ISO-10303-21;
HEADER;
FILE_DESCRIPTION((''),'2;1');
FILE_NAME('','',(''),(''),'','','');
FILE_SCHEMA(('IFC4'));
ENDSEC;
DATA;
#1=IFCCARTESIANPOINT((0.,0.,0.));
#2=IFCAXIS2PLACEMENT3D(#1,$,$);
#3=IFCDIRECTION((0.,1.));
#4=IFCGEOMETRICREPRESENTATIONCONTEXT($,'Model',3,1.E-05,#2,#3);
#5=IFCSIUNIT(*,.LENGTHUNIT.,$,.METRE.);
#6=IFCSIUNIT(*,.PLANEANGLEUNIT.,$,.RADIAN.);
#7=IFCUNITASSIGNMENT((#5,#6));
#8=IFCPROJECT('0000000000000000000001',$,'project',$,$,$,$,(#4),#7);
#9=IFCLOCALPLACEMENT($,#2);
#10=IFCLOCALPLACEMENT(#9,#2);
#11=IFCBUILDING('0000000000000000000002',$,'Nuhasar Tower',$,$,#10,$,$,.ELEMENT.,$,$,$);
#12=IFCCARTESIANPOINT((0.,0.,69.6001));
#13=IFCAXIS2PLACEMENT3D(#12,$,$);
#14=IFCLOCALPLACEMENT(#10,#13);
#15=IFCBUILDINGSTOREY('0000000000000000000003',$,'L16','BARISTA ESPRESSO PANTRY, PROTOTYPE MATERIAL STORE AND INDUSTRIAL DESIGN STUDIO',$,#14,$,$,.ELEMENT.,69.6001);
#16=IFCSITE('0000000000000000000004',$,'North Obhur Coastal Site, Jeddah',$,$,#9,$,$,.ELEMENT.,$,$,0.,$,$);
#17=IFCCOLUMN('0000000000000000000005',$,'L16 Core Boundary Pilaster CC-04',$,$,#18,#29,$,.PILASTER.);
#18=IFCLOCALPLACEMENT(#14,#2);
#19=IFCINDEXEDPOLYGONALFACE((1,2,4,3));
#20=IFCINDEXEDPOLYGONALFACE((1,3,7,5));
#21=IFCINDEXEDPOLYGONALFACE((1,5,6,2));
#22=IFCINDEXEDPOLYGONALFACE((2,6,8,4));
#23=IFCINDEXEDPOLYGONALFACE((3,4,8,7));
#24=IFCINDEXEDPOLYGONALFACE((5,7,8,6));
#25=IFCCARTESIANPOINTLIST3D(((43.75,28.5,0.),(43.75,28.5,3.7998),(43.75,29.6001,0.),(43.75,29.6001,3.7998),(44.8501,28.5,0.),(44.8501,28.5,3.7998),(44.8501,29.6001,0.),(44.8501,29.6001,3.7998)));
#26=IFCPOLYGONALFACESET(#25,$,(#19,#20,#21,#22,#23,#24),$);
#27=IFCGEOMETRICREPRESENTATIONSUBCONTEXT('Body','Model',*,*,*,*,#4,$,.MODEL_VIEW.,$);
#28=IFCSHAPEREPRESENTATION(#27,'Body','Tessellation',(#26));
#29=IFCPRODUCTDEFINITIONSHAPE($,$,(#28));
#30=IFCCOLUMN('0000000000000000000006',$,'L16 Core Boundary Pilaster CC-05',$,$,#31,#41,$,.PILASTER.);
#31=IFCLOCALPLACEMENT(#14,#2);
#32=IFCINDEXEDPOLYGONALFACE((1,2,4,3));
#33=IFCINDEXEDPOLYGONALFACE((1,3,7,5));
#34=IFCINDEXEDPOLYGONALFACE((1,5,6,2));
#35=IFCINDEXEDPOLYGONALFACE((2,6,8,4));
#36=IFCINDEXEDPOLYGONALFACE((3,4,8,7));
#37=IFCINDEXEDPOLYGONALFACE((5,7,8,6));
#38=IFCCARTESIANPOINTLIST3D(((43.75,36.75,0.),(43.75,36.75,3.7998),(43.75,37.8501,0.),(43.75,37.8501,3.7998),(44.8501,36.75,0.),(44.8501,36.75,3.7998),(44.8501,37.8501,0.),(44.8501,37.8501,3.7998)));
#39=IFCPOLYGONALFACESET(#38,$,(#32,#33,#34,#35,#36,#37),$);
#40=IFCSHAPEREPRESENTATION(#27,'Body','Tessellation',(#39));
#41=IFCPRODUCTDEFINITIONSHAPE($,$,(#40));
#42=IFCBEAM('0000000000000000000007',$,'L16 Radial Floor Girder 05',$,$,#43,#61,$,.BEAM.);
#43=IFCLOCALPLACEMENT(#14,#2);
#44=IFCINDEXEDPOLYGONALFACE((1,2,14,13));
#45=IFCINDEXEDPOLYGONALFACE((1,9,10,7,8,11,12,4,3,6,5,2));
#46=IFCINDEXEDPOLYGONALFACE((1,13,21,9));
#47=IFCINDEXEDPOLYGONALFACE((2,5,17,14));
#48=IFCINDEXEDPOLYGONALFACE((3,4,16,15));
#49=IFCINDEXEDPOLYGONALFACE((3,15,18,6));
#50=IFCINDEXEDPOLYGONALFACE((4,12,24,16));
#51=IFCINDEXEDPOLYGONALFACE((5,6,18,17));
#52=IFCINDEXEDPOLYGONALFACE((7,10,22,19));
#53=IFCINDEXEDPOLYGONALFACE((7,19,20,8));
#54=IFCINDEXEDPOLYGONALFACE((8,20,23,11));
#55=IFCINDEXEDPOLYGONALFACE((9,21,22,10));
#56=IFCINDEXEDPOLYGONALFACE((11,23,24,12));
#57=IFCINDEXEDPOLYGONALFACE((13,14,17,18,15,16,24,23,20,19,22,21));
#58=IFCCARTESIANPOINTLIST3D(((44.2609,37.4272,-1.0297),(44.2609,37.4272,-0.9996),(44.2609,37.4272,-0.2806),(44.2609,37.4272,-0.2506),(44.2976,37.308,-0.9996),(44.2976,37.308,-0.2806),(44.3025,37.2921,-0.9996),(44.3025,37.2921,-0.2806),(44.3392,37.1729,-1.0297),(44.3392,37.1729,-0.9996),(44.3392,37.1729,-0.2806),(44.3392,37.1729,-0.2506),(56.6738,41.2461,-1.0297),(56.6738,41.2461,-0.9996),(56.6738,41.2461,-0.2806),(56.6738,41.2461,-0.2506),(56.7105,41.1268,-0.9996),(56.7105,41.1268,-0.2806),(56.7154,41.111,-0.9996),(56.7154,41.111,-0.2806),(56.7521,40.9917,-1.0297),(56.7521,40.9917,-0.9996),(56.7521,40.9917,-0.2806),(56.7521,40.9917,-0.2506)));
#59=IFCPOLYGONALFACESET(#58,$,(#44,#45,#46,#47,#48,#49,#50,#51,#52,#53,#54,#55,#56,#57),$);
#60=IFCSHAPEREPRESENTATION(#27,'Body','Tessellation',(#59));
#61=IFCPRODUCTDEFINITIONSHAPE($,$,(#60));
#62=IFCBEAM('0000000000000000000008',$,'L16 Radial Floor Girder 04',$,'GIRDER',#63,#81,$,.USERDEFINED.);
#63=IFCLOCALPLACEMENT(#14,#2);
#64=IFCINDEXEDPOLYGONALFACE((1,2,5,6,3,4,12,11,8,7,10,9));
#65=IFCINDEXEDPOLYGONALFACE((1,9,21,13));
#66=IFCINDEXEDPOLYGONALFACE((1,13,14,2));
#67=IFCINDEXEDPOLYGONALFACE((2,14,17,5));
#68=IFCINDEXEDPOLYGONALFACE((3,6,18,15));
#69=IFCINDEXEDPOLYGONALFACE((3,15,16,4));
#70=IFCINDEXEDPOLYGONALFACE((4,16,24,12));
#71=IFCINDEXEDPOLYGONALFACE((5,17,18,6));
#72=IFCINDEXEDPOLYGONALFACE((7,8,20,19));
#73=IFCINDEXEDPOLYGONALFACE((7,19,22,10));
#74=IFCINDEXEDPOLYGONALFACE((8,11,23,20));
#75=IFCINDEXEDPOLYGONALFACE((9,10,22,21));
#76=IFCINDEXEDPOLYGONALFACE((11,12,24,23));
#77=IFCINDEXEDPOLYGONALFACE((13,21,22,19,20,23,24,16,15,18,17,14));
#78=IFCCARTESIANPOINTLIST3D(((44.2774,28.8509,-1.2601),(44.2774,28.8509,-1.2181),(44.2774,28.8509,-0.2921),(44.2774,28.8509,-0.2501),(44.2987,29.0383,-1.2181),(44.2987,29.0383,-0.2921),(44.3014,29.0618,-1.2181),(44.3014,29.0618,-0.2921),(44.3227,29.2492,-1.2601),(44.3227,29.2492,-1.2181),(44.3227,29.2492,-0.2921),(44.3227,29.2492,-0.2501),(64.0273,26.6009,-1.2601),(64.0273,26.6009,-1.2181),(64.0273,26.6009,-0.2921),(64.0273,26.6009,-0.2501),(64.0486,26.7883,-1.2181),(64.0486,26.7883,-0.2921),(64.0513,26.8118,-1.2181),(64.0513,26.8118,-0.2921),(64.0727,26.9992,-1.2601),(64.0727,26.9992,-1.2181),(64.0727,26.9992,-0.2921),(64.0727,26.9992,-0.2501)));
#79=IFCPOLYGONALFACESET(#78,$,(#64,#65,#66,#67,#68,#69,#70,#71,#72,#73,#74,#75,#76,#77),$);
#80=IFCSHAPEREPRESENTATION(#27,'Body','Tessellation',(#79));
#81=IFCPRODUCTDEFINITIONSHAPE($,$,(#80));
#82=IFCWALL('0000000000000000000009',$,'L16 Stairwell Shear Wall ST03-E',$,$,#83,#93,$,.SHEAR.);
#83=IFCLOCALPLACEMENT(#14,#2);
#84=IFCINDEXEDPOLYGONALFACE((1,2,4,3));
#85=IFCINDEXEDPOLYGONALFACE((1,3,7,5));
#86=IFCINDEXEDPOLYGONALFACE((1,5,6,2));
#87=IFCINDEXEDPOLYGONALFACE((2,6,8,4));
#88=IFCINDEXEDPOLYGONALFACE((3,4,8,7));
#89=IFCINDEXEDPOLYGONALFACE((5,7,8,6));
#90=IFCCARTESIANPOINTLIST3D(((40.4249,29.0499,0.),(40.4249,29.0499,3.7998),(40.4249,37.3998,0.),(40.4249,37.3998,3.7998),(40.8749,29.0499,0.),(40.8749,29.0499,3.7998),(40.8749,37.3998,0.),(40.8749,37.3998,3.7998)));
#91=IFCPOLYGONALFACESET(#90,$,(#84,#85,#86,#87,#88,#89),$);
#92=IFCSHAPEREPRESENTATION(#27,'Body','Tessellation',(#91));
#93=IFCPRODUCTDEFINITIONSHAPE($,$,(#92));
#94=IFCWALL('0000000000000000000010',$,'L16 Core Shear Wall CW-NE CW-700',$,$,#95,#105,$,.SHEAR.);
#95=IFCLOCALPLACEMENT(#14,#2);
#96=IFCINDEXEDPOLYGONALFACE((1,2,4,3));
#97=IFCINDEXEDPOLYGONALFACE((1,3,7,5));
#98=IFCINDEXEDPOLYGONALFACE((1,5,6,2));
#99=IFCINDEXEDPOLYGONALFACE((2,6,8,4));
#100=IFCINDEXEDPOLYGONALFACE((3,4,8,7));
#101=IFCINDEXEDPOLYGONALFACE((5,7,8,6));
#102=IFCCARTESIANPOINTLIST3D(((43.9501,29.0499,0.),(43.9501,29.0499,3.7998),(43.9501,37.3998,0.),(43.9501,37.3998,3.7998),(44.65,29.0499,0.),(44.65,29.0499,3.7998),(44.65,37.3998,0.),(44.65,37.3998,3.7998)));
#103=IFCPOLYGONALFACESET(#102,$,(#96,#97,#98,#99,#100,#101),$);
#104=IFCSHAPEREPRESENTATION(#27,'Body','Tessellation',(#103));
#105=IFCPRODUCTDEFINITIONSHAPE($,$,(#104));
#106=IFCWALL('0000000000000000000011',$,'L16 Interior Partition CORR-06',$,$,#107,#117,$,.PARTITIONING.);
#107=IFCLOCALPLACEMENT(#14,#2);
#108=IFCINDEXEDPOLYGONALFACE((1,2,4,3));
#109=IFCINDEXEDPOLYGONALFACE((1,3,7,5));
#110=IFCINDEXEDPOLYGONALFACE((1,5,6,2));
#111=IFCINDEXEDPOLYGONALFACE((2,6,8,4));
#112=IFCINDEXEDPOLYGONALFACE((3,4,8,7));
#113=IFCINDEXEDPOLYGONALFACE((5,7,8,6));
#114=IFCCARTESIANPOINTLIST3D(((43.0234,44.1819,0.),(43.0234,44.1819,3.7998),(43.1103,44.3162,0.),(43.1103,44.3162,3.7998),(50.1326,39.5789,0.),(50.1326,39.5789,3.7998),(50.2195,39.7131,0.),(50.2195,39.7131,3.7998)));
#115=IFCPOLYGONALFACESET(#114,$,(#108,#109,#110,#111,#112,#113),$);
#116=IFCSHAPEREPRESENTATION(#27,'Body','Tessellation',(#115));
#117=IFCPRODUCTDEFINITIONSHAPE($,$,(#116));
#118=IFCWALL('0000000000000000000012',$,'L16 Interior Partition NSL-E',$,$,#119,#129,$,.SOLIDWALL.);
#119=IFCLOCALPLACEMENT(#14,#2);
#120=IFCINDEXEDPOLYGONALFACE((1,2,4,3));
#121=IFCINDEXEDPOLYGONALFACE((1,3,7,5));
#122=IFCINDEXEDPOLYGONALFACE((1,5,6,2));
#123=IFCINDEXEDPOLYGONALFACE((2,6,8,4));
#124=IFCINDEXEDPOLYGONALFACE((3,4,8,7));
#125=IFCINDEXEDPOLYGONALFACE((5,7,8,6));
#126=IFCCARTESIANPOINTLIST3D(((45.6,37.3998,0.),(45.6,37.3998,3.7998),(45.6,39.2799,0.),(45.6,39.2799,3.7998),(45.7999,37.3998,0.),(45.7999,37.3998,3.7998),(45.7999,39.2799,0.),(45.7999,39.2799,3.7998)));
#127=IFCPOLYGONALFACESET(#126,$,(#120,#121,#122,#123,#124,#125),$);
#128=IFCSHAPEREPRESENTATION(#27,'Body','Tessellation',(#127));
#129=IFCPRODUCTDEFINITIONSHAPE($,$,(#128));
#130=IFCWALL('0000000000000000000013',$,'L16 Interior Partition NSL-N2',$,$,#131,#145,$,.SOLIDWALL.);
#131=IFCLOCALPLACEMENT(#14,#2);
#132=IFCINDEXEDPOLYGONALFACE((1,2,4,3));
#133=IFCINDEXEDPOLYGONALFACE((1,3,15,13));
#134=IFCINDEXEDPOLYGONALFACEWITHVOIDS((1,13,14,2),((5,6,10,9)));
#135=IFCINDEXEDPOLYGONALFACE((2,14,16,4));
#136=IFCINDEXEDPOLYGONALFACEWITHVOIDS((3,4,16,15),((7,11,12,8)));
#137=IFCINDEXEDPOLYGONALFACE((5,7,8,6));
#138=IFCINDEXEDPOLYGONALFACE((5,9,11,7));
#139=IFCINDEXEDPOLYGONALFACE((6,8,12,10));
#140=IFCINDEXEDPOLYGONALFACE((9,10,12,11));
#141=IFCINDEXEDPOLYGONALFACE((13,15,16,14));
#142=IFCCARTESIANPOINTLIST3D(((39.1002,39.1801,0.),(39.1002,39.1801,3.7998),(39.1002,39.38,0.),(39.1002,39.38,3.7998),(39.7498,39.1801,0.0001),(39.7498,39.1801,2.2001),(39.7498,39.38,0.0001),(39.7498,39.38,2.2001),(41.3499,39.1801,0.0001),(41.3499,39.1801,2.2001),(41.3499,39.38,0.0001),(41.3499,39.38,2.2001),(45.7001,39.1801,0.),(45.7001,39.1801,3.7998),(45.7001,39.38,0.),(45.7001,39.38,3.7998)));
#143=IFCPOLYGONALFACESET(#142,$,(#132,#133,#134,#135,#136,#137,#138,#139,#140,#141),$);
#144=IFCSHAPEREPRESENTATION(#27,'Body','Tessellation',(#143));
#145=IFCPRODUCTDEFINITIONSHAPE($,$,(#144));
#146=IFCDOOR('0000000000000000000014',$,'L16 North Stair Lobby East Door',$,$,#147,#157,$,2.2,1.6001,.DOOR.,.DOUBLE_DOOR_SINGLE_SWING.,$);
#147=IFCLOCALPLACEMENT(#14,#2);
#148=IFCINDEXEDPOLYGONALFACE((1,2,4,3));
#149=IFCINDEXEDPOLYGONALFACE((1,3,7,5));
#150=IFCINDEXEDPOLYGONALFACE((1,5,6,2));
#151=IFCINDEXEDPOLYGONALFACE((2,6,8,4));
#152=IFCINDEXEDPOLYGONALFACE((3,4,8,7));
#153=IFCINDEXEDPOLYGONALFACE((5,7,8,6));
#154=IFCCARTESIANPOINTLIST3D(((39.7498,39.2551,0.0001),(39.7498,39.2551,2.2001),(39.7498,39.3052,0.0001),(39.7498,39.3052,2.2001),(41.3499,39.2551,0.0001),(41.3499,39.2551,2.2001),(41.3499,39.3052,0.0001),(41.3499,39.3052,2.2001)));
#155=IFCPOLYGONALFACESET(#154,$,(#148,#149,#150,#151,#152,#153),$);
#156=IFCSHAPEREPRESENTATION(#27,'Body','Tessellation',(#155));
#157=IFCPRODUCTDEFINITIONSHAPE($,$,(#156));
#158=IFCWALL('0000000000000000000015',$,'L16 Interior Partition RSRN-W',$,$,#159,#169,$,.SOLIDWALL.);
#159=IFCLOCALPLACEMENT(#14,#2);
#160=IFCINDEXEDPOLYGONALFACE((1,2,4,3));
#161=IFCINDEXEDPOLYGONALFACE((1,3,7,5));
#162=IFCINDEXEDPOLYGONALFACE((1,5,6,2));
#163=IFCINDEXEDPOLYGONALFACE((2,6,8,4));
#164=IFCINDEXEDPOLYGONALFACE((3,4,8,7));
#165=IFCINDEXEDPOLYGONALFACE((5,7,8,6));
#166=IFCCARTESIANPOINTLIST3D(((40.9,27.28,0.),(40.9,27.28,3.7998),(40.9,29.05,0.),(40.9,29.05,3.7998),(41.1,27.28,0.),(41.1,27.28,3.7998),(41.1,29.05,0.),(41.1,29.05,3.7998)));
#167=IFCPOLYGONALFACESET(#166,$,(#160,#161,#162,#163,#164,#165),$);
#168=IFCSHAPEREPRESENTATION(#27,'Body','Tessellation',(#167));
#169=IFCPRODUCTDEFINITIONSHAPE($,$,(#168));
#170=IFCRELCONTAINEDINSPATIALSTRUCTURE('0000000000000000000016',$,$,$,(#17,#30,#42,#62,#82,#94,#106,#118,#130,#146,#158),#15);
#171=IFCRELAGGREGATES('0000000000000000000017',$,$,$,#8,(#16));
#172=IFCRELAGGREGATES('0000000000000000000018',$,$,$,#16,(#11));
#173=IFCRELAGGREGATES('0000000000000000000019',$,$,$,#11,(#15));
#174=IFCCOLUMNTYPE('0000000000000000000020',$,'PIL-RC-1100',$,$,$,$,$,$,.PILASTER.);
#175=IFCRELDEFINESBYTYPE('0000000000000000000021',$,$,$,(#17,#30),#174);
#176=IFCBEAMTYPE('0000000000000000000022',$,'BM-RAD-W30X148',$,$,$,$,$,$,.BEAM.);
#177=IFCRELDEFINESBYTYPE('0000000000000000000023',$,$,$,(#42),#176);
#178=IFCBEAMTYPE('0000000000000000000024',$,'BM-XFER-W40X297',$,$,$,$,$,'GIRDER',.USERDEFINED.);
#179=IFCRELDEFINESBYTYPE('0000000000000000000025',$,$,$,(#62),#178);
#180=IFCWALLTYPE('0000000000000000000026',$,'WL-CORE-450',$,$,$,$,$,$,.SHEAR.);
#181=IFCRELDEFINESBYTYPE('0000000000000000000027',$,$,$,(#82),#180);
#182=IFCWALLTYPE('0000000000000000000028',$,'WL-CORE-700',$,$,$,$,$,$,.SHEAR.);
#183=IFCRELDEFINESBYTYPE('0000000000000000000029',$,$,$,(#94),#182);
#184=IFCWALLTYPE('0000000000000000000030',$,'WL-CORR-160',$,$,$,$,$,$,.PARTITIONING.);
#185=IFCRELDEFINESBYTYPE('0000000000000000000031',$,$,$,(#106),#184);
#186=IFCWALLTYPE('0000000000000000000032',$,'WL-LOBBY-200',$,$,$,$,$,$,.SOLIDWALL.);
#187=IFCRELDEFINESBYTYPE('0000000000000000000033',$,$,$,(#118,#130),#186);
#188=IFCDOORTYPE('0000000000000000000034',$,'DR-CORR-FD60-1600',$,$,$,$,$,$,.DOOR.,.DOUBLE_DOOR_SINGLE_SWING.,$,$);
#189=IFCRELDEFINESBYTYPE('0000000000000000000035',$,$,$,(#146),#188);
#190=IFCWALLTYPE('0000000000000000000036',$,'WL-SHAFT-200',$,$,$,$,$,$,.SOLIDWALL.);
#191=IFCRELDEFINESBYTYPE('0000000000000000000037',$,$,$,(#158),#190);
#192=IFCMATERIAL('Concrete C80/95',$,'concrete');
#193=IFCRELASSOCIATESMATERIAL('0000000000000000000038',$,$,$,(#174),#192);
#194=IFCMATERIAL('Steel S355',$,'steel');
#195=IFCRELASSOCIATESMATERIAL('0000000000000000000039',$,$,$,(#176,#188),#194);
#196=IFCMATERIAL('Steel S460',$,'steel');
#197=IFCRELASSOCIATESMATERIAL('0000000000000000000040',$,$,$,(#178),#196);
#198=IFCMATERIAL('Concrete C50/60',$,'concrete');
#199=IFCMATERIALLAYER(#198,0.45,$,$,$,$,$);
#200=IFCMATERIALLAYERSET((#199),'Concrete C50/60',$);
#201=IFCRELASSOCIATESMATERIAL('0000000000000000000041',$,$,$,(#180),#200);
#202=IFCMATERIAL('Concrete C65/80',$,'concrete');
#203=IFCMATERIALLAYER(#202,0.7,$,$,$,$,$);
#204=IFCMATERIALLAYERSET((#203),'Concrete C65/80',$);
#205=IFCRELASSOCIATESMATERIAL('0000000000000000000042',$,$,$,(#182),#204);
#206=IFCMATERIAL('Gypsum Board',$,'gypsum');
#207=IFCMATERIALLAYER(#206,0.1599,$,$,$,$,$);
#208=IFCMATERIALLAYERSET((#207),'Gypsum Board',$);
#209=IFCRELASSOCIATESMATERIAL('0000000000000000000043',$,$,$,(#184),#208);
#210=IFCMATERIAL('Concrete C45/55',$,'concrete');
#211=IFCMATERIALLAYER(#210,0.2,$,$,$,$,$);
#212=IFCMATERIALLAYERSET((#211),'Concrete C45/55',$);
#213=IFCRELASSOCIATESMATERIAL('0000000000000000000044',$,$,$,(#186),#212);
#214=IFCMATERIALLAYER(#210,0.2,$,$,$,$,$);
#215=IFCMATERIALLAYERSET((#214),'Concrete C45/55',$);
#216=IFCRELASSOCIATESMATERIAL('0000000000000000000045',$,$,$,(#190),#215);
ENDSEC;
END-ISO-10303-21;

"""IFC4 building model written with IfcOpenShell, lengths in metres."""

from ifc_helpers import new_model, si_unit, direction, frame, frame_2d, origin, origin_2d, place, context, subcontext, project, spatial, rectangle, i_section, extrude, material, layer, layer_set, material_profile, profile_set, type_object, element, fill, save


model = new_model("IFC4")

# Units and contexts
model_context = context("Model", 3, precision=1e-05, world=origin(), true_north=direction((0.0, 1.0)))
body_context = subcontext(model_context, "Body", "Model", "MODEL_VIEW")
ifc_project = project(units=[si_unit("LENGTHUNIT", "METRE"), si_unit("PLANEANGLEUNIT", "RADIAN")], contexts=[model_context])

# Site, building, storey
site_placement = place(None, origin())
site = spatial("IfcSite", under=ifc_project, at=site_placement, Name="North Obhur Coastal Site, Jeddah", CompositionType="ELEMENT", RefElevation=0.0)
building_placement = place(site_placement, origin())
building = spatial("IfcBuilding", under=site, at=building_placement, Name="Nuhasar Tower", CompositionType="ELEMENT")
storey_placement = place(building_placement, frame((0.0, 0.0, 69.6001)))
storey = spatial("IfcBuildingStorey", under=building, at=storey_placement, Name="L16", Description="BARISTA ESPRESSO PANTRY, PROTOTYPE MATERIAL STORE AND INDUSTRIAL DESIGN STUDIO", CompositionType="ELEMENT", Elevation=69.6001)

# Columns
ifc_material_1 = material(Name="Concrete C80/95", Category="concrete")
ifc_material_profile_1 = material_profile(ifc_material_1, rectangle(XDim=1.1001, YDim=1.1001, at=origin_2d()), Name="RC1100X1100")
ifc_profile_set_1 = profile_set([ifc_material_profile_1], Name="Concrete C80/95")
column_type = type_object("IfcColumnType", Name="PIL-RC-1100", PredefinedType="PILASTER", material=ifc_profile_set_1)
for number, where, z_axis, x_axis, name in (
    (1, (44.3, 29.05, 0.0), (0.0, 0.0, 1.0), (1.0, 0.0, 0.0), "L16 Core Boundary Pilaster CC-04"),
    (2, (44.3, 37.3, 0.0), (0.0, 0.0, 1.0), (1.0, 0.0, 0.0), "L16 Core Boundary Pilaster CC-05"),
):
    element("IfcColumn", number, at=place(storey_placement, frame(where, z_axis=z_axis, x_axis=x_axis)), inside=storey, type_object=column_type, Name=name, PredefinedType="PILASTER", context=body_context, shape_type="SweptSolid", body=[
        extrude(rectangle(XDim=1.1001, YDim=1.1001, at=origin_2d()), origin(), (0.0, 0.0, 1.0), 3.7998),
    ])

# Beams
ifc_material_2 = material(Name="Steel S355", Category="steel")
ifc_material_profile_2 = material_profile(ifc_material_2, i_section(OverallWidth=0.2661, OverallDepth=0.7791, WebThickness=0.0166, FlangeThickness=0.03, at=origin_2d()), Name="W30X148")
ifc_profile_set_2 = profile_set([ifc_material_profile_2], Name="Steel S355")
beam_type_1 = type_object("IfcBeamType", Name="BM-RAD-W30X148", PredefinedType="BEAM", material=ifc_profile_set_2)
beam_1_placement = place(storey_placement, frame((44.3, 37.3, -0.6401), z_axis=(0.95579, 0.294052, 0.0), x_axis=(-0.294052, 0.95579, 0.0)))
element("IfcBeam", 3, at=beam_1_placement, inside=storey, type_object=beam_type_1, Name="L16 Radial Floor Girder 05", PredefinedType="BEAM", context=body_context, shape_type="SweptSolid", body=[
    extrude(i_section(OverallWidth=0.2661, OverallDepth=0.7791, WebThickness=0.0166, FlangeThickness=0.03, at=origin_2d()), origin(), (0.0, 0.0, 1.0), 12.9871),
])
ifc_material_3 = material(Name="Steel S460", Category="steel")
ifc_material_profile_3 = material_profile(ifc_material_3, i_section(OverallWidth=0.4009, OverallDepth=1.01, WebThickness=0.0237, FlangeThickness=0.042, at=origin_2d()), Name="W40X297")
ifc_profile_set_3 = profile_set([ifc_material_profile_3], Name="Steel S460")
beam_type_2 = type_object("IfcBeamType", Name="BM-XFER-W40X297", ElementType="GIRDER", PredefinedType="USERDEFINED", material=ifc_profile_set_3)
beam_2_placement = place(storey_placement, frame((44.3, 29.05, -0.7551), z_axis=(0.993573, -0.113192, 0.0), x_axis=(0.113192, 0.993573, 0.0)))
element("IfcBeam", 4, at=beam_2_placement, inside=storey, type_object=beam_type_2, Name="L16 Radial Floor Girder 04", ObjectType="GIRDER", PredefinedType="USERDEFINED", context=body_context, shape_type="SweptSolid", body=[
    extrude(i_section(OverallWidth=0.4009, OverallDepth=1.01, WebThickness=0.0237, FlangeThickness=0.042, at=origin_2d()), origin(), (0.0, 0.0, 1.0), 19.8777),
])

# Shared definitions
ifc_material_4 = material(Name="Concrete C50/60", Category="concrete")
ifc_layer_1 = layer(ifc_material_4, 0.45)
ifc_layer_set_1 = layer_set([ifc_layer_1], Name="Concrete C50/60")
wall_type_1 = type_object("IfcWallType", Name="WL-CORE-450", PredefinedType="SHEAR", material=ifc_layer_set_1)

# Wall
wall_1_placement = place(storey_placement, frame((40.6499, 29.05, 0.0), z_axis=(0.0, 0.0, 1.0), x_axis=(0.0, 1.0, 0.0)))
element("IfcWall", 5, at=wall_1_placement, inside=storey, type_object=wall_type_1, Name="L16 Stairwell Shear Wall ST03-E", PredefinedType="SHEAR", context=body_context, shape_type="SweptSolid", body=[
    extrude(rectangle(XDim=8.3499, YDim=0.45, at=frame_2d((4.1748, 0.0))), origin(), (0.0, 0.0, 1.0), 3.7998),
])

# Walls
ifc_material_5 = material(Name="Concrete C65/80", Category="concrete")
ifc_layer_2 = layer(ifc_material_5, 0.7)
ifc_layer_set_2 = layer_set([ifc_layer_2], Name="Concrete C65/80")
wall_type_2 = type_object("IfcWallType", Name="WL-CORE-700", PredefinedType="SHEAR", material=ifc_layer_set_2)
wall_2_placement = place(storey_placement, frame((44.3, 29.05, 0.0), z_axis=(0.0, 0.0, 1.0), x_axis=(0.0, 1.0, 0.0)))
element("IfcWall", 6, at=wall_2_placement, inside=storey, type_object=wall_type_2, Name="L16 Core Shear Wall CW-NE CW-700", PredefinedType="SHEAR", context=body_context, shape_type="SweptSolid", body=[
    extrude(rectangle(XDim=8.3499, YDim=0.7, at=frame_2d((4.1748, 0.0))), origin(), (0.0, 0.0, 1.0), 3.7998),
])
ifc_material_6 = material(Name="Gypsum Board", Category="gypsum")
ifc_layer_3 = layer(ifc_material_6, 0.1599)
ifc_layer_set_3 = layer_set([ifc_layer_3], Name="Gypsum Board")
wall_type_3 = type_object("IfcWallType", Name="WL-CORR-160", PredefinedType="PARTITIONING", material=ifc_layer_set_3)
wall_3_placement = place(storey_placement, frame((50.176, 39.646, 0.0), z_axis=(0.0, 0.0, 1.0), x_axis=(-0.839408, 0.543501, 0.0)))
element("IfcWall", 7, at=wall_3_placement, inside=storey, type_object=wall_type_3, Name="L16 Interior Partition CORR-06", PredefinedType="PARTITIONING", context=body_context, shape_type="SweptSolid", body=[
    extrude(rectangle(XDim=8.4692, YDim=0.1599, at=frame_2d((4.2346, 0.0))), origin(), (0.0, 0.0, 1.0), 3.7998),
])
ifc_material_7 = material(Name="Concrete C45/55", Category="concrete")
ifc_layer_4 = layer(ifc_material_7, 0.2)
ifc_layer_set_4 = layer_set([ifc_layer_4], Name="Concrete C45/55")
wall_type_4 = type_object("IfcWallType", Name="WL-LOBBY-200", PredefinedType="SOLIDWALL", material=ifc_layer_set_4)
wall_4_placement = place(storey_placement, frame((45.7, 37.3999, 0.0), z_axis=(0.0, 0.0, 1.0), x_axis=(0.0, 1.0, 0.0)))
element("IfcWall", 8, at=wall_4_placement, inside=storey, type_object=wall_type_4, Name="L16 Interior Partition NSL-E", PredefinedType="SOLIDWALL", context=body_context, shape_type="SweptSolid", body=[
    extrude(rectangle(XDim=1.8801, YDim=0.2, at=frame_2d((0.9399, 0.0))), origin(), (0.0, 0.0, 1.0), 3.7998),
])

# Wall, opening, door
wall_5_placement = place(storey_placement, frame((45.7, 39.28, 0.0), z_axis=(0.0, 0.0, 1.0), x_axis=(-1.0, 0.0, 0.0)))
wall_5 = element("IfcWall", 9, at=wall_5_placement, inside=storey, type_object=wall_type_4, Name="L16 Interior Partition NSL-N2", PredefinedType="SOLIDWALL", context=body_context, shape_type="SweptSolid", body=[
    extrude(rectangle(XDim=6.5999, YDim=0.2, at=frame_2d((3.2998, 0.0))), origin(), (0.0, 0.0, 1.0), 3.7998),
])
opening_1_placement = place(wall_5_placement, frame((4.3501, 0.0, 0.0)))
opening_1 = element("IfcOpeningElement", 10, at=opening_1_placement, cuts=wall_5, PredefinedType="OPENING", context=body_context, shape_type="SweptSolid", body=[
    extrude(rectangle(XDim=1.6001, YDim=2.2, at=frame_2d((0.8, 1.1001))), frame((0.0, 0.1099, 0.0), z_axis=(0.0, -1.0, 0.0), x_axis=(1.0, 0.0, 0.0)), (0.0, 0.0, 1.0), 0.22),
])
door_type_1 = type_object("IfcDoorType", Name="DR-CORR-FD60-1600", OperationType="DOUBLE_DOOR_SINGLE_SWING", PredefinedType="DOOR", material=ifc_material_2)
door_1_placement = place(opening_1_placement, origin())
door_1 = element("IfcDoor", 11, at=door_1_placement, inside=storey, type_object=door_type_1, Name="L16 North Stair Lobby East Door", OperationType="DOUBLE_DOOR_SINGLE_SWING", OverallHeight=2.2, OverallWidth=1.6001, PredefinedType="DOOR", context=body_context, shape_type="SweptSolid", body=[
    extrude(rectangle(XDim=1.6001, YDim=2.2, at=frame_2d((0.8, 1.1001))), frame((0.0, 0.0249, 0.0), z_axis=(0.0, -1.0, 0.0), x_axis=(1.0, 0.0, 0.0)), (0.0, 0.0, 1.0), 0.05),
])
fill(opening_1, door_1)

# Wall
ifc_layer_5 = layer(ifc_material_7, 0.2)
ifc_layer_set_5 = layer_set([ifc_layer_5], Name="Concrete C45/55")
wall_type_5 = type_object("IfcWallType", Name="WL-SHAFT-200", PredefinedType="SOLIDWALL", material=ifc_layer_set_5)
for number, where, z_axis, x_axis, name in (
    (12, (41.0, 27.28, 0.0), (0.0, 0.0, 1.0), (0.0, 1.0, 0.0), "L16 Interior Partition RSRN-W"),
):
    element("IfcWall", number, at=place(storey_placement, frame(where, z_axis=z_axis, x_axis=x_axis)), inside=storey, type_object=wall_type_5, Name=name, PredefinedType="SOLIDWALL", context=body_context, shape_type="SweptSolid", body=[
        extrude(rectangle(XDim=1.77, YDim=0.2, at=frame_2d((0.885, 0.0))), origin(), (0.0, 0.0, 1.0), 3.7998),
    ])

save(model, "model.ifc")
